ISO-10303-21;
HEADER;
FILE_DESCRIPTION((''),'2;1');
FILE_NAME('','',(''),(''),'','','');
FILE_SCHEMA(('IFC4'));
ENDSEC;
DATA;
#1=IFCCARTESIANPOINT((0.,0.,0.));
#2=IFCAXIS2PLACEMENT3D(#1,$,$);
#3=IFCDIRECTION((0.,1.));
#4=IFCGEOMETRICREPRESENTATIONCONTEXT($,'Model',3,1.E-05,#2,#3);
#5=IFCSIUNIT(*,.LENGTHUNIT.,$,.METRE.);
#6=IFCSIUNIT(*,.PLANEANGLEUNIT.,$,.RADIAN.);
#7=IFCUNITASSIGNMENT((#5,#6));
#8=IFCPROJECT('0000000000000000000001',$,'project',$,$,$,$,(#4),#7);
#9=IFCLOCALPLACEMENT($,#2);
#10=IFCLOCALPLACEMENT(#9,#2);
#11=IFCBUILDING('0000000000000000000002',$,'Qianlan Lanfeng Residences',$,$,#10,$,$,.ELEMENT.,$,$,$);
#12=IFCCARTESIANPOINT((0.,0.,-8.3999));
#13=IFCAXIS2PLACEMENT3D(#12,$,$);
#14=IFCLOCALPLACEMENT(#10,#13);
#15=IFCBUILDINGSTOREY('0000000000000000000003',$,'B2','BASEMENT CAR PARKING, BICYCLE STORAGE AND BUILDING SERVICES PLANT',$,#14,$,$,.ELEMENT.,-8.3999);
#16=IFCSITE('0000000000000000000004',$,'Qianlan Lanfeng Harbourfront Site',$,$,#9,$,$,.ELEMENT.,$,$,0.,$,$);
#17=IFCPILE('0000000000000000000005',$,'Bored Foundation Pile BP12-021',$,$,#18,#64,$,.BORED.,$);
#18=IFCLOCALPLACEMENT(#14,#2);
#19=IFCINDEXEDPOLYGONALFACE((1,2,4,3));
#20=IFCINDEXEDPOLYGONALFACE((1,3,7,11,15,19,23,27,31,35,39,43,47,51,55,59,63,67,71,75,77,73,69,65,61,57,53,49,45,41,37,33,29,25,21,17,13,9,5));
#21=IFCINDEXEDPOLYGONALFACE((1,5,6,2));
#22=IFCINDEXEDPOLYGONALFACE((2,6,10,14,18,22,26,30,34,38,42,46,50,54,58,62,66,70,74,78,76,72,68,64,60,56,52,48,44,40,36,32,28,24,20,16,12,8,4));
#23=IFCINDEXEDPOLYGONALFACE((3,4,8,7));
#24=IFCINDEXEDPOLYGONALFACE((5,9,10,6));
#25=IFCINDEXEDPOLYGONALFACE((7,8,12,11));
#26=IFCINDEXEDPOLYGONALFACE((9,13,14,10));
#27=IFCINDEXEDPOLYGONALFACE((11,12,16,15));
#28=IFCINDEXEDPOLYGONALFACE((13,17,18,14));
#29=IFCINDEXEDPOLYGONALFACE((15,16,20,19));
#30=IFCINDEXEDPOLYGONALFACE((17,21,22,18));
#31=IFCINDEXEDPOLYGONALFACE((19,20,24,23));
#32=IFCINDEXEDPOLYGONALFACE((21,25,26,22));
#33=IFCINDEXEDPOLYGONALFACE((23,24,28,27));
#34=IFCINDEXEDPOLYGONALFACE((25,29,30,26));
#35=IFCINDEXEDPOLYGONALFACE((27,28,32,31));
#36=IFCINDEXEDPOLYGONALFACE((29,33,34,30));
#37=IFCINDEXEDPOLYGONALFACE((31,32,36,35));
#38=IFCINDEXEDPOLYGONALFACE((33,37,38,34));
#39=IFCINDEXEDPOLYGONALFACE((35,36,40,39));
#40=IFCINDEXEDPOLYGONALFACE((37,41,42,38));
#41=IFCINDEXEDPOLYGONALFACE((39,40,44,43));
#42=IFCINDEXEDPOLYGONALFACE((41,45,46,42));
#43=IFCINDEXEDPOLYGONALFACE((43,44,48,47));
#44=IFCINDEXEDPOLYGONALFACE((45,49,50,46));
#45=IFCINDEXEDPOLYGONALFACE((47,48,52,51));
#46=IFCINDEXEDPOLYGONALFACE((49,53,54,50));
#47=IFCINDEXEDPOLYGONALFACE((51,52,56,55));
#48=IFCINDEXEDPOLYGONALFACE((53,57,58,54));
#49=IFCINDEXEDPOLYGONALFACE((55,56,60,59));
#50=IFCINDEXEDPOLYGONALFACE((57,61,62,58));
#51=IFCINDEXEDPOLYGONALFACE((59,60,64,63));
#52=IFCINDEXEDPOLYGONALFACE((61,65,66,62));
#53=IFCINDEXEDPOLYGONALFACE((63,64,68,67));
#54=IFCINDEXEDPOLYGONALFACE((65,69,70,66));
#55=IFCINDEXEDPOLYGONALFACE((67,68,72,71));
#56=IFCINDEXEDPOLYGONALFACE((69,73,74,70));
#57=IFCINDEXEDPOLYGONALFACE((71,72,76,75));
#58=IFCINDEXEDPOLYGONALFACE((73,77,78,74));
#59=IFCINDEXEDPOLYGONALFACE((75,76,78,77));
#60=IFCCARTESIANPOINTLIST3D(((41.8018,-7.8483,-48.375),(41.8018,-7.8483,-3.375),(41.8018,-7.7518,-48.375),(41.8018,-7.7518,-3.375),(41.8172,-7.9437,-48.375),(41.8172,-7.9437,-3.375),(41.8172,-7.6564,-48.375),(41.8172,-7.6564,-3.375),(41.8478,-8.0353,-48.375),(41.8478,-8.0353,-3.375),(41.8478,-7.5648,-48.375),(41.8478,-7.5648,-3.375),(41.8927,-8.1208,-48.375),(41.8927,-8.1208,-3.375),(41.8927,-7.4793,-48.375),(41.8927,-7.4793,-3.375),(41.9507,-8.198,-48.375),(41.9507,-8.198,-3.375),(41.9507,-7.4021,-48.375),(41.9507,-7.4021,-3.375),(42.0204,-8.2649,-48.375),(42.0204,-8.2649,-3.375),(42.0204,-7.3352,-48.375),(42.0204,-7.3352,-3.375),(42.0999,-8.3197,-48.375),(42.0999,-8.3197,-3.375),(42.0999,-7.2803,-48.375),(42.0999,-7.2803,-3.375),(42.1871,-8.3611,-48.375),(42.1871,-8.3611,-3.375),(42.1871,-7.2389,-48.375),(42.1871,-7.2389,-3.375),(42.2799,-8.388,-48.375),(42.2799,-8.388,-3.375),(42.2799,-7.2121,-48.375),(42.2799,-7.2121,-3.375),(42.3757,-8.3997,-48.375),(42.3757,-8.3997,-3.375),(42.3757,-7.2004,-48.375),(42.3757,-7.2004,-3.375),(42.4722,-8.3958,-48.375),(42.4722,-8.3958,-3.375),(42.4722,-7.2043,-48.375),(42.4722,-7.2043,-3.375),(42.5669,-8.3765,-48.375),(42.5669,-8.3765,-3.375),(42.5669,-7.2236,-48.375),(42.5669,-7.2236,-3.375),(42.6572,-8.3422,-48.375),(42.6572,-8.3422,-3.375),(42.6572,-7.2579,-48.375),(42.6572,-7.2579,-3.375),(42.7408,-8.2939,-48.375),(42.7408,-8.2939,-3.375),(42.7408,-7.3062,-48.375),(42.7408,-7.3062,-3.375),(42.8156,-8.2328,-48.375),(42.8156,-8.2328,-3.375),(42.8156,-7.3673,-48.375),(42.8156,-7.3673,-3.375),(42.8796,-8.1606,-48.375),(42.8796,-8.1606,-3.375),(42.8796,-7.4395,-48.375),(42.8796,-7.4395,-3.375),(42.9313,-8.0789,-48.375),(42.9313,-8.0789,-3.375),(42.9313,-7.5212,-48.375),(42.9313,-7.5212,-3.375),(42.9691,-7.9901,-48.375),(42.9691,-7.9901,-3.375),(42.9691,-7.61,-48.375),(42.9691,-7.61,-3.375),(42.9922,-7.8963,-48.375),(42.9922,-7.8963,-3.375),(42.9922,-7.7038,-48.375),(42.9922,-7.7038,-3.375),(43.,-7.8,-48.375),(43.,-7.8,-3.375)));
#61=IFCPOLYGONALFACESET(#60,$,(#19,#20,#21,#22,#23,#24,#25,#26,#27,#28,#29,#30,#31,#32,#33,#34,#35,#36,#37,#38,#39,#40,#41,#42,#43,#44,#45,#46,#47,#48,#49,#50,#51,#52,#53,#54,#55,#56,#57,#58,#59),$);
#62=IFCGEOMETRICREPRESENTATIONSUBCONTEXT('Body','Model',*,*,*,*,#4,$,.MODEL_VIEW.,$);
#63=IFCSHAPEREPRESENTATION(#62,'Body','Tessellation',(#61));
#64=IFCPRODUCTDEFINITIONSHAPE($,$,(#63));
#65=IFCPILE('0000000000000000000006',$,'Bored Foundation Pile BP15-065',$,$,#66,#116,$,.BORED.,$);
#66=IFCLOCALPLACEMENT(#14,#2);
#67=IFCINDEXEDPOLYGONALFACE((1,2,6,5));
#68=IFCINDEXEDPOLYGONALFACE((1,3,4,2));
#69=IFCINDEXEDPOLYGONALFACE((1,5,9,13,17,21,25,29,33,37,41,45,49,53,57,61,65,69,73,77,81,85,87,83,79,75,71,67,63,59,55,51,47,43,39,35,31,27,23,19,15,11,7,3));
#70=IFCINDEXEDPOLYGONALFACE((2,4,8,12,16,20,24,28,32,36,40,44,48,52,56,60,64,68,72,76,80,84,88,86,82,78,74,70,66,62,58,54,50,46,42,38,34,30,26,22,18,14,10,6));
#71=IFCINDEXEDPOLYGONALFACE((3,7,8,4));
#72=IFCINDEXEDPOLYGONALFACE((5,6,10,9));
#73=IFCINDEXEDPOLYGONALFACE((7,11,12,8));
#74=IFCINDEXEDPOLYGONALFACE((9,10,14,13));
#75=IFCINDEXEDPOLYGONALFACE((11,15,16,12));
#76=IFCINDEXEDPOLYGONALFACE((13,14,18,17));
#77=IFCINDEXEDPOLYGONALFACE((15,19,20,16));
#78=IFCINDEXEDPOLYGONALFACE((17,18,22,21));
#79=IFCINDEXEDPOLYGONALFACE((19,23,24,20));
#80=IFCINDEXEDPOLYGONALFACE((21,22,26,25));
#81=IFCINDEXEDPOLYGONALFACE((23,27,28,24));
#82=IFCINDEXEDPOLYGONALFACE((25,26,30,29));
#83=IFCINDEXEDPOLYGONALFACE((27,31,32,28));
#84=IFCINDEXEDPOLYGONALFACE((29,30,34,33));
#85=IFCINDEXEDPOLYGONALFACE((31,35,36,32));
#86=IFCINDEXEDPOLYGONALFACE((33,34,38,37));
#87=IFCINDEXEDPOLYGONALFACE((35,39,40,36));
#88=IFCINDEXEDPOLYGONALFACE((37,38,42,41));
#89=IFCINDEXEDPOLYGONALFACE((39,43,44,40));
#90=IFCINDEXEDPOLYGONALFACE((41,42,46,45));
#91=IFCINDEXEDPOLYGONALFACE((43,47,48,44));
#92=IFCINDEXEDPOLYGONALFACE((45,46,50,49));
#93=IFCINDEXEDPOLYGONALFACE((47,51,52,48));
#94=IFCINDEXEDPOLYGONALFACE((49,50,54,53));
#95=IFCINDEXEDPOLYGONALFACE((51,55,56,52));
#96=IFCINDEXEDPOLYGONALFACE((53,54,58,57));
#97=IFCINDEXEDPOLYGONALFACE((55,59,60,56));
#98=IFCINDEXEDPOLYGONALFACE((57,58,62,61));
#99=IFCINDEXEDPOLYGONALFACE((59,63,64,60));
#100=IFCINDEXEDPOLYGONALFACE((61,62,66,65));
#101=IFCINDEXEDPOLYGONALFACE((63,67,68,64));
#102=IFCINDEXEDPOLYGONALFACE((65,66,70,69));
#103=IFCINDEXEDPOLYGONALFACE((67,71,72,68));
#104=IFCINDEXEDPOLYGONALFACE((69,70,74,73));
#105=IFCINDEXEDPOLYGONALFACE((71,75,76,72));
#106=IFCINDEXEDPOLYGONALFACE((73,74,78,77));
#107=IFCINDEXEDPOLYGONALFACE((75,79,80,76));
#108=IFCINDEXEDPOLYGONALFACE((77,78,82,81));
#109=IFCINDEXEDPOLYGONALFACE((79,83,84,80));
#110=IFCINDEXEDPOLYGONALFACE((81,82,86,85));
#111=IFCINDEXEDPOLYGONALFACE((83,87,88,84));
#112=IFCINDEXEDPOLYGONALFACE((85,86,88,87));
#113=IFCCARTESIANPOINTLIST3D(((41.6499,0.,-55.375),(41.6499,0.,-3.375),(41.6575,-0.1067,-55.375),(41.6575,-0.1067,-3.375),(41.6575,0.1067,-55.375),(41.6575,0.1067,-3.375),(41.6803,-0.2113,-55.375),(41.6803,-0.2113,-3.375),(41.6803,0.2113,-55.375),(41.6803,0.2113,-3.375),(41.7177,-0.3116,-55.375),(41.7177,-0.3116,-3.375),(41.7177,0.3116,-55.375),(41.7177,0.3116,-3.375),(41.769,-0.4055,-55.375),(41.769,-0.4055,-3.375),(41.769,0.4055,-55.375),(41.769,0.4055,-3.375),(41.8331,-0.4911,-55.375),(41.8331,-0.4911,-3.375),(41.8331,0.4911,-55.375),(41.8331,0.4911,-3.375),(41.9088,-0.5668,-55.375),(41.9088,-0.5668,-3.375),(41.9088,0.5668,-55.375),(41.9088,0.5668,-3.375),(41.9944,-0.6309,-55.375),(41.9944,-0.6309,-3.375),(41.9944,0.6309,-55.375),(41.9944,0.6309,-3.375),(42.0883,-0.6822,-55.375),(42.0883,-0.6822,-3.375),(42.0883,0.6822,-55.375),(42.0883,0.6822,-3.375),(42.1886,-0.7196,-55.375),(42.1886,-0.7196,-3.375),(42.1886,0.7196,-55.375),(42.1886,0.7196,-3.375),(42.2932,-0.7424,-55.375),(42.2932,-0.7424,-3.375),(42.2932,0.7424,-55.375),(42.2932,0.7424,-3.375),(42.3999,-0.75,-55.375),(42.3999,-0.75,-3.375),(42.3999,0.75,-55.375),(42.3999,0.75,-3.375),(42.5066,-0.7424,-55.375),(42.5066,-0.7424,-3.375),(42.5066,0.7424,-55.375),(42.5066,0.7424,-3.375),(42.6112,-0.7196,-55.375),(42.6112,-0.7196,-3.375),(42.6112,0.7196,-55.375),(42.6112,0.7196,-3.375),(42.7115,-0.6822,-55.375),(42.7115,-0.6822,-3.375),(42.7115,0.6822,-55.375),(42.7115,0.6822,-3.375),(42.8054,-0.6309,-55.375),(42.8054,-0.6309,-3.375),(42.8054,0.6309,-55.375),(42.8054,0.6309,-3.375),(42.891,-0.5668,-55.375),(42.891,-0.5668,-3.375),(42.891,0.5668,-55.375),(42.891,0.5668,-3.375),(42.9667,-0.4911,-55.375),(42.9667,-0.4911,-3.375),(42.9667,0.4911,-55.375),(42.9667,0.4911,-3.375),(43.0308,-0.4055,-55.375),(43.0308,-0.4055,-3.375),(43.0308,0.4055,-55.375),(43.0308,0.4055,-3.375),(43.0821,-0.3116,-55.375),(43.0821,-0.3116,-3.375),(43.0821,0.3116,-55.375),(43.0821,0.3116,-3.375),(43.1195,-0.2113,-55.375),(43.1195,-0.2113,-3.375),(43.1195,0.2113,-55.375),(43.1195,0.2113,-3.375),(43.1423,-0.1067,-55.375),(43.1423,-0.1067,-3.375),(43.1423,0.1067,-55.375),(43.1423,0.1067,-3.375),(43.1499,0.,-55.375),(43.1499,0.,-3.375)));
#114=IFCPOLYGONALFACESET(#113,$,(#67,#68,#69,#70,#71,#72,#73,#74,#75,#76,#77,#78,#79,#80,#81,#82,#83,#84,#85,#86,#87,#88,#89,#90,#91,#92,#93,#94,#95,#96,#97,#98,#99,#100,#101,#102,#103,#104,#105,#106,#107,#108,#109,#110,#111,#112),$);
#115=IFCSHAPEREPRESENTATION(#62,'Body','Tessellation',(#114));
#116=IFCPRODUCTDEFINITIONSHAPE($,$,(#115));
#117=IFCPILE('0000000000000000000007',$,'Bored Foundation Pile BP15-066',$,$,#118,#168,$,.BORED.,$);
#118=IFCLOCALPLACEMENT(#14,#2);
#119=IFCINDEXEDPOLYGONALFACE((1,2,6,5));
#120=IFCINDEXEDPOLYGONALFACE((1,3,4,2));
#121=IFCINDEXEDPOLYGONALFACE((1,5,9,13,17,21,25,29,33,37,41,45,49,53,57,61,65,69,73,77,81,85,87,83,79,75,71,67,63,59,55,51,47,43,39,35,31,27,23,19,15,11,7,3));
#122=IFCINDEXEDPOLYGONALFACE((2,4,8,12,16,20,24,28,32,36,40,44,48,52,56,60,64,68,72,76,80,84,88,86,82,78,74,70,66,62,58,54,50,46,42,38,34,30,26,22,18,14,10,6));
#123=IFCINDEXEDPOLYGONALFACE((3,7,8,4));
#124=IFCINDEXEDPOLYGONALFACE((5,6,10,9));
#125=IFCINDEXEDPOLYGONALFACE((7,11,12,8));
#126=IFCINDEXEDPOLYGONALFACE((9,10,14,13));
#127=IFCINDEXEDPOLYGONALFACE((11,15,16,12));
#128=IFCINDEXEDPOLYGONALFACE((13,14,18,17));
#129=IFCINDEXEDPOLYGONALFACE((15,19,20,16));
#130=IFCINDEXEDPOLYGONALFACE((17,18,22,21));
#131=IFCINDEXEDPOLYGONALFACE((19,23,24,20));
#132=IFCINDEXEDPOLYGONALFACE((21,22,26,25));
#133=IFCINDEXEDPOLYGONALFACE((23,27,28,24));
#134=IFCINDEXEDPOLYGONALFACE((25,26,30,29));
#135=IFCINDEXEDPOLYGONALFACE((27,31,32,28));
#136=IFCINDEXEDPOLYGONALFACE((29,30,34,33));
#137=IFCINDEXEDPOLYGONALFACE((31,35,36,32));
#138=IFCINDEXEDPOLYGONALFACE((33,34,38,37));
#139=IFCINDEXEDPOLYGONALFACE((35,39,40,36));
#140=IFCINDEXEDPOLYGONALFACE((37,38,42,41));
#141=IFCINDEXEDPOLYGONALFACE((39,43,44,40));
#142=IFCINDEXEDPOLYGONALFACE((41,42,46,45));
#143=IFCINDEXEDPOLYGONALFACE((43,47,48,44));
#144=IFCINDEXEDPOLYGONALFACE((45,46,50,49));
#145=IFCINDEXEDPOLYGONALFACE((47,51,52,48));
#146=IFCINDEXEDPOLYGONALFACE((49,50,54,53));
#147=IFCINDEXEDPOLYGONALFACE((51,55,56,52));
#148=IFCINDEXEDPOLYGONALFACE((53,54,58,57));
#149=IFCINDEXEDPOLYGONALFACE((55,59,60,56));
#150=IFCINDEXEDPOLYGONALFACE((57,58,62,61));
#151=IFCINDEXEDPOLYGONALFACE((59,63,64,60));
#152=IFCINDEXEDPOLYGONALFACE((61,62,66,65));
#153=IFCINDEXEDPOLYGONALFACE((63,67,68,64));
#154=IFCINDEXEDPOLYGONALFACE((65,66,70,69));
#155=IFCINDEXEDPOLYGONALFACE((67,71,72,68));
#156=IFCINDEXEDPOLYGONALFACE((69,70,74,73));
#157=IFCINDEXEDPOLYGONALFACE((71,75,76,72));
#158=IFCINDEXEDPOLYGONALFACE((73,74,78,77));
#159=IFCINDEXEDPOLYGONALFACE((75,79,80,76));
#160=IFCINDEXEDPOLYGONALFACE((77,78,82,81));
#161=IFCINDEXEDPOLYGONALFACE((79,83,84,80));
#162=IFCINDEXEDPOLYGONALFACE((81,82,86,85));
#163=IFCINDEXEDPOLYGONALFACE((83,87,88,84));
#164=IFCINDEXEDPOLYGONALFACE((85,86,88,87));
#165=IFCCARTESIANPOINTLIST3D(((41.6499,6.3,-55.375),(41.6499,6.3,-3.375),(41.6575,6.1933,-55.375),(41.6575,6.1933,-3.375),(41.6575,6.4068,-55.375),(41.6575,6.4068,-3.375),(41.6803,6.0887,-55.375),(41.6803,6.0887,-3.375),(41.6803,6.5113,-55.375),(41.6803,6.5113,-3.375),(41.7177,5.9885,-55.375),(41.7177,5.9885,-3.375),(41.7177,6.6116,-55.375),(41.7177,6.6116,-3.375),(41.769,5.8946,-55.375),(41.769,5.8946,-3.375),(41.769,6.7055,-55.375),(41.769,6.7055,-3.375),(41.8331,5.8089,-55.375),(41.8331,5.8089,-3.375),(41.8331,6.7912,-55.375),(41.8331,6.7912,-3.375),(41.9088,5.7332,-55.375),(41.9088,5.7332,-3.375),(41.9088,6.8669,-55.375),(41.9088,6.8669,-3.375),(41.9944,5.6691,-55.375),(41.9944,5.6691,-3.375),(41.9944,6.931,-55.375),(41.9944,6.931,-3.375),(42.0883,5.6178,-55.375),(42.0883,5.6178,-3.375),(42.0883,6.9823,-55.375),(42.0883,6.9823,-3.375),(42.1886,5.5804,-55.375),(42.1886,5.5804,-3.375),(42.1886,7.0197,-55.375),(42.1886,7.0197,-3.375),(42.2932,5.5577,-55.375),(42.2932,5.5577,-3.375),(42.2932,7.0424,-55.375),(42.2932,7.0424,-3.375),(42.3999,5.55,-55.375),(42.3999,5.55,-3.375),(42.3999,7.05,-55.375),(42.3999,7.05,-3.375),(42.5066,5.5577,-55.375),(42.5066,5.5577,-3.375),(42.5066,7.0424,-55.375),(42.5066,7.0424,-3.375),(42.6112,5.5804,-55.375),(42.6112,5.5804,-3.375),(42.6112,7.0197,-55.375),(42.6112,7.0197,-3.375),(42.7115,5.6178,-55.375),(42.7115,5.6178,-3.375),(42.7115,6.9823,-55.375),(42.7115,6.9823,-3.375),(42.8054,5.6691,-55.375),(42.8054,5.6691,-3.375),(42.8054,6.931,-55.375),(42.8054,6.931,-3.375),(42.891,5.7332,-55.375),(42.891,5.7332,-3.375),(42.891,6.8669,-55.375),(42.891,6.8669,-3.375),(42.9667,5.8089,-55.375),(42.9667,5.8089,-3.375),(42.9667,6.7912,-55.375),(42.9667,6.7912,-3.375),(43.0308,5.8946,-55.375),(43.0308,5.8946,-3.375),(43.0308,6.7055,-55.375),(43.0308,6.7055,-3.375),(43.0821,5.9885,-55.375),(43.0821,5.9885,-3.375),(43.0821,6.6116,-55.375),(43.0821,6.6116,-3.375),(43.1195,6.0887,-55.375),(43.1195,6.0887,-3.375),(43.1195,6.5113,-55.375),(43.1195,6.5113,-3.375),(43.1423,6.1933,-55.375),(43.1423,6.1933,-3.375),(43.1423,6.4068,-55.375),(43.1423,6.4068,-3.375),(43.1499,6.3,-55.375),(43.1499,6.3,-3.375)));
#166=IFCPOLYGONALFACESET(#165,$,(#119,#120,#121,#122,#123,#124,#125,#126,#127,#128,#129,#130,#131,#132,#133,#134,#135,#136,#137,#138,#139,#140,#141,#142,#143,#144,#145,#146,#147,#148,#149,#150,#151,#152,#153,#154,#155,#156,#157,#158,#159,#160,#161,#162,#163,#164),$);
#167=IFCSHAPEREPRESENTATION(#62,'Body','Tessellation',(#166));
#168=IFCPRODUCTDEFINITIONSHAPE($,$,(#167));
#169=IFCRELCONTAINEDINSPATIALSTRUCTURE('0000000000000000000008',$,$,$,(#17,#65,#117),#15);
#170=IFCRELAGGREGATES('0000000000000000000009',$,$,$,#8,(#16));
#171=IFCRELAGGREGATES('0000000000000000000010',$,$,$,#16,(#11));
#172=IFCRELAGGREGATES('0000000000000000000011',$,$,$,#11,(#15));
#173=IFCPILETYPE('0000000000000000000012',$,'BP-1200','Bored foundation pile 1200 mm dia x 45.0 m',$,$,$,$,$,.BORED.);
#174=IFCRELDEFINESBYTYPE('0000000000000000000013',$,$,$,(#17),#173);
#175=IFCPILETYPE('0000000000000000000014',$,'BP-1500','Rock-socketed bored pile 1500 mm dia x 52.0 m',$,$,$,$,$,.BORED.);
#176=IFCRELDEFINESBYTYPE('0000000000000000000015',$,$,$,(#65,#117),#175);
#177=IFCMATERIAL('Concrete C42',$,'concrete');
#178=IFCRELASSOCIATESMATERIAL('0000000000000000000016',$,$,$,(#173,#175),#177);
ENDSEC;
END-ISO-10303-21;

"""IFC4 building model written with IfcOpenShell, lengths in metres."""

from ifc_helpers import new_model, si_unit, direction, frame, origin, origin_2d, place, context, subcontext, project, spatial, circle, extrude, material, material_profile, profile_set, type_object, element, save


model = new_model("IFC4")

# Units and contexts
model_context = context("Model", 3, precision=1e-05, world=origin(), true_north=direction((0.0, 1.0)))
body_context = subcontext(model_context, "Body", "Model", "MODEL_VIEW")
ifc_project = project(units=[si_unit("LENGTHUNIT", "METRE"), si_unit("PLANEANGLEUNIT", "RADIAN")], contexts=[model_context])

# Site, building, storey
site_placement = place(None, origin())
site = spatial("IfcSite", under=ifc_project, at=site_placement, Name="Qianlan Lanfeng Harbourfront Site", CompositionType="ELEMENT", RefElevation=0.0)
building_placement = place(site_placement, origin())
building = spatial("IfcBuilding", under=site, at=building_placement, Name="Qianlan Lanfeng Residences", CompositionType="ELEMENT")
storey_placement = place(building_placement, frame((0.0, 0.0, -8.3999)))
storey = spatial("IfcBuildingStorey", under=building, at=storey_placement, Name="B2", Description="BASEMENT CAR PARKING, BICYCLE STORAGE AND BUILDING SERVICES PLANT", CompositionType="ELEMENT", Elevation=-8.3999)

# Piles
ifc_material_1 = material(Name="Concrete C42", Category="concrete")
ifc_material_profile_1 = material_profile(ifc_material_1, circle(Radius=0.6001, at=origin_2d()), Name="PILE D1200")
ifc_profile_set_1 = profile_set([ifc_material_profile_1], Name="Concrete C42")
pile_type_1 = type_object("IfcPileType", Name="BP-1200", Description="Bored foundation pile 1200 mm dia x 45.0 m", PredefinedType="BORED", material=ifc_profile_set_1)
pile_placement = place(storey_placement, frame((42.3999, -7.8, -3.375), z_axis=(0.0, 0.0, -1.0), x_axis=(1.0, 0.0, 0.0)))
element("IfcPile", 1, at=pile_placement, inside=storey, type_object=pile_type_1, Name="Bored Foundation Pile BP12-021", PredefinedType="BORED", context=body_context, shape_type="SweptSolid", body=[
    extrude(circle(Radius=0.6001, at=origin_2d()), origin(), (0.0, 0.0, 1.0), 45.0),
])
ifc_material_profile_2 = material_profile(ifc_material_1, circle(Radius=0.75, at=origin_2d()), Name="PILE D1500")
ifc_profile_set_2 = profile_set([ifc_material_profile_2], Name="Concrete C42")
pile_type_2 = type_object("IfcPileType", Name="BP-1500", Description="Rock-socketed bored pile 1500 mm dia x 52.0 m", PredefinedType="BORED", material=ifc_profile_set_2)
for number, where, z_axis, x_axis, name in (
    (2, (42.3999, 0.0, -3.375), (0.0, 0.0, -1.0), (1.0, 0.0, 0.0), "Bored Foundation Pile BP15-065"),
    (3, (42.3999, 6.3, -3.375), (0.0, 0.0, -1.0), (1.0, 0.0, 0.0), "Bored Foundation Pile BP15-066"),
):
    element("IfcPile", number, at=place(storey_placement, frame(where, z_axis=z_axis, x_axis=x_axis)), inside=storey, type_object=pile_type_2, Name=name, PredefinedType="BORED", context=body_context, shape_type="SweptSolid", body=[
        extrude(circle(Radius=0.75, at=origin_2d()), origin(), (0.0, 0.0, 1.0), 52.0),
    ])

save(model, "model.ifc")
